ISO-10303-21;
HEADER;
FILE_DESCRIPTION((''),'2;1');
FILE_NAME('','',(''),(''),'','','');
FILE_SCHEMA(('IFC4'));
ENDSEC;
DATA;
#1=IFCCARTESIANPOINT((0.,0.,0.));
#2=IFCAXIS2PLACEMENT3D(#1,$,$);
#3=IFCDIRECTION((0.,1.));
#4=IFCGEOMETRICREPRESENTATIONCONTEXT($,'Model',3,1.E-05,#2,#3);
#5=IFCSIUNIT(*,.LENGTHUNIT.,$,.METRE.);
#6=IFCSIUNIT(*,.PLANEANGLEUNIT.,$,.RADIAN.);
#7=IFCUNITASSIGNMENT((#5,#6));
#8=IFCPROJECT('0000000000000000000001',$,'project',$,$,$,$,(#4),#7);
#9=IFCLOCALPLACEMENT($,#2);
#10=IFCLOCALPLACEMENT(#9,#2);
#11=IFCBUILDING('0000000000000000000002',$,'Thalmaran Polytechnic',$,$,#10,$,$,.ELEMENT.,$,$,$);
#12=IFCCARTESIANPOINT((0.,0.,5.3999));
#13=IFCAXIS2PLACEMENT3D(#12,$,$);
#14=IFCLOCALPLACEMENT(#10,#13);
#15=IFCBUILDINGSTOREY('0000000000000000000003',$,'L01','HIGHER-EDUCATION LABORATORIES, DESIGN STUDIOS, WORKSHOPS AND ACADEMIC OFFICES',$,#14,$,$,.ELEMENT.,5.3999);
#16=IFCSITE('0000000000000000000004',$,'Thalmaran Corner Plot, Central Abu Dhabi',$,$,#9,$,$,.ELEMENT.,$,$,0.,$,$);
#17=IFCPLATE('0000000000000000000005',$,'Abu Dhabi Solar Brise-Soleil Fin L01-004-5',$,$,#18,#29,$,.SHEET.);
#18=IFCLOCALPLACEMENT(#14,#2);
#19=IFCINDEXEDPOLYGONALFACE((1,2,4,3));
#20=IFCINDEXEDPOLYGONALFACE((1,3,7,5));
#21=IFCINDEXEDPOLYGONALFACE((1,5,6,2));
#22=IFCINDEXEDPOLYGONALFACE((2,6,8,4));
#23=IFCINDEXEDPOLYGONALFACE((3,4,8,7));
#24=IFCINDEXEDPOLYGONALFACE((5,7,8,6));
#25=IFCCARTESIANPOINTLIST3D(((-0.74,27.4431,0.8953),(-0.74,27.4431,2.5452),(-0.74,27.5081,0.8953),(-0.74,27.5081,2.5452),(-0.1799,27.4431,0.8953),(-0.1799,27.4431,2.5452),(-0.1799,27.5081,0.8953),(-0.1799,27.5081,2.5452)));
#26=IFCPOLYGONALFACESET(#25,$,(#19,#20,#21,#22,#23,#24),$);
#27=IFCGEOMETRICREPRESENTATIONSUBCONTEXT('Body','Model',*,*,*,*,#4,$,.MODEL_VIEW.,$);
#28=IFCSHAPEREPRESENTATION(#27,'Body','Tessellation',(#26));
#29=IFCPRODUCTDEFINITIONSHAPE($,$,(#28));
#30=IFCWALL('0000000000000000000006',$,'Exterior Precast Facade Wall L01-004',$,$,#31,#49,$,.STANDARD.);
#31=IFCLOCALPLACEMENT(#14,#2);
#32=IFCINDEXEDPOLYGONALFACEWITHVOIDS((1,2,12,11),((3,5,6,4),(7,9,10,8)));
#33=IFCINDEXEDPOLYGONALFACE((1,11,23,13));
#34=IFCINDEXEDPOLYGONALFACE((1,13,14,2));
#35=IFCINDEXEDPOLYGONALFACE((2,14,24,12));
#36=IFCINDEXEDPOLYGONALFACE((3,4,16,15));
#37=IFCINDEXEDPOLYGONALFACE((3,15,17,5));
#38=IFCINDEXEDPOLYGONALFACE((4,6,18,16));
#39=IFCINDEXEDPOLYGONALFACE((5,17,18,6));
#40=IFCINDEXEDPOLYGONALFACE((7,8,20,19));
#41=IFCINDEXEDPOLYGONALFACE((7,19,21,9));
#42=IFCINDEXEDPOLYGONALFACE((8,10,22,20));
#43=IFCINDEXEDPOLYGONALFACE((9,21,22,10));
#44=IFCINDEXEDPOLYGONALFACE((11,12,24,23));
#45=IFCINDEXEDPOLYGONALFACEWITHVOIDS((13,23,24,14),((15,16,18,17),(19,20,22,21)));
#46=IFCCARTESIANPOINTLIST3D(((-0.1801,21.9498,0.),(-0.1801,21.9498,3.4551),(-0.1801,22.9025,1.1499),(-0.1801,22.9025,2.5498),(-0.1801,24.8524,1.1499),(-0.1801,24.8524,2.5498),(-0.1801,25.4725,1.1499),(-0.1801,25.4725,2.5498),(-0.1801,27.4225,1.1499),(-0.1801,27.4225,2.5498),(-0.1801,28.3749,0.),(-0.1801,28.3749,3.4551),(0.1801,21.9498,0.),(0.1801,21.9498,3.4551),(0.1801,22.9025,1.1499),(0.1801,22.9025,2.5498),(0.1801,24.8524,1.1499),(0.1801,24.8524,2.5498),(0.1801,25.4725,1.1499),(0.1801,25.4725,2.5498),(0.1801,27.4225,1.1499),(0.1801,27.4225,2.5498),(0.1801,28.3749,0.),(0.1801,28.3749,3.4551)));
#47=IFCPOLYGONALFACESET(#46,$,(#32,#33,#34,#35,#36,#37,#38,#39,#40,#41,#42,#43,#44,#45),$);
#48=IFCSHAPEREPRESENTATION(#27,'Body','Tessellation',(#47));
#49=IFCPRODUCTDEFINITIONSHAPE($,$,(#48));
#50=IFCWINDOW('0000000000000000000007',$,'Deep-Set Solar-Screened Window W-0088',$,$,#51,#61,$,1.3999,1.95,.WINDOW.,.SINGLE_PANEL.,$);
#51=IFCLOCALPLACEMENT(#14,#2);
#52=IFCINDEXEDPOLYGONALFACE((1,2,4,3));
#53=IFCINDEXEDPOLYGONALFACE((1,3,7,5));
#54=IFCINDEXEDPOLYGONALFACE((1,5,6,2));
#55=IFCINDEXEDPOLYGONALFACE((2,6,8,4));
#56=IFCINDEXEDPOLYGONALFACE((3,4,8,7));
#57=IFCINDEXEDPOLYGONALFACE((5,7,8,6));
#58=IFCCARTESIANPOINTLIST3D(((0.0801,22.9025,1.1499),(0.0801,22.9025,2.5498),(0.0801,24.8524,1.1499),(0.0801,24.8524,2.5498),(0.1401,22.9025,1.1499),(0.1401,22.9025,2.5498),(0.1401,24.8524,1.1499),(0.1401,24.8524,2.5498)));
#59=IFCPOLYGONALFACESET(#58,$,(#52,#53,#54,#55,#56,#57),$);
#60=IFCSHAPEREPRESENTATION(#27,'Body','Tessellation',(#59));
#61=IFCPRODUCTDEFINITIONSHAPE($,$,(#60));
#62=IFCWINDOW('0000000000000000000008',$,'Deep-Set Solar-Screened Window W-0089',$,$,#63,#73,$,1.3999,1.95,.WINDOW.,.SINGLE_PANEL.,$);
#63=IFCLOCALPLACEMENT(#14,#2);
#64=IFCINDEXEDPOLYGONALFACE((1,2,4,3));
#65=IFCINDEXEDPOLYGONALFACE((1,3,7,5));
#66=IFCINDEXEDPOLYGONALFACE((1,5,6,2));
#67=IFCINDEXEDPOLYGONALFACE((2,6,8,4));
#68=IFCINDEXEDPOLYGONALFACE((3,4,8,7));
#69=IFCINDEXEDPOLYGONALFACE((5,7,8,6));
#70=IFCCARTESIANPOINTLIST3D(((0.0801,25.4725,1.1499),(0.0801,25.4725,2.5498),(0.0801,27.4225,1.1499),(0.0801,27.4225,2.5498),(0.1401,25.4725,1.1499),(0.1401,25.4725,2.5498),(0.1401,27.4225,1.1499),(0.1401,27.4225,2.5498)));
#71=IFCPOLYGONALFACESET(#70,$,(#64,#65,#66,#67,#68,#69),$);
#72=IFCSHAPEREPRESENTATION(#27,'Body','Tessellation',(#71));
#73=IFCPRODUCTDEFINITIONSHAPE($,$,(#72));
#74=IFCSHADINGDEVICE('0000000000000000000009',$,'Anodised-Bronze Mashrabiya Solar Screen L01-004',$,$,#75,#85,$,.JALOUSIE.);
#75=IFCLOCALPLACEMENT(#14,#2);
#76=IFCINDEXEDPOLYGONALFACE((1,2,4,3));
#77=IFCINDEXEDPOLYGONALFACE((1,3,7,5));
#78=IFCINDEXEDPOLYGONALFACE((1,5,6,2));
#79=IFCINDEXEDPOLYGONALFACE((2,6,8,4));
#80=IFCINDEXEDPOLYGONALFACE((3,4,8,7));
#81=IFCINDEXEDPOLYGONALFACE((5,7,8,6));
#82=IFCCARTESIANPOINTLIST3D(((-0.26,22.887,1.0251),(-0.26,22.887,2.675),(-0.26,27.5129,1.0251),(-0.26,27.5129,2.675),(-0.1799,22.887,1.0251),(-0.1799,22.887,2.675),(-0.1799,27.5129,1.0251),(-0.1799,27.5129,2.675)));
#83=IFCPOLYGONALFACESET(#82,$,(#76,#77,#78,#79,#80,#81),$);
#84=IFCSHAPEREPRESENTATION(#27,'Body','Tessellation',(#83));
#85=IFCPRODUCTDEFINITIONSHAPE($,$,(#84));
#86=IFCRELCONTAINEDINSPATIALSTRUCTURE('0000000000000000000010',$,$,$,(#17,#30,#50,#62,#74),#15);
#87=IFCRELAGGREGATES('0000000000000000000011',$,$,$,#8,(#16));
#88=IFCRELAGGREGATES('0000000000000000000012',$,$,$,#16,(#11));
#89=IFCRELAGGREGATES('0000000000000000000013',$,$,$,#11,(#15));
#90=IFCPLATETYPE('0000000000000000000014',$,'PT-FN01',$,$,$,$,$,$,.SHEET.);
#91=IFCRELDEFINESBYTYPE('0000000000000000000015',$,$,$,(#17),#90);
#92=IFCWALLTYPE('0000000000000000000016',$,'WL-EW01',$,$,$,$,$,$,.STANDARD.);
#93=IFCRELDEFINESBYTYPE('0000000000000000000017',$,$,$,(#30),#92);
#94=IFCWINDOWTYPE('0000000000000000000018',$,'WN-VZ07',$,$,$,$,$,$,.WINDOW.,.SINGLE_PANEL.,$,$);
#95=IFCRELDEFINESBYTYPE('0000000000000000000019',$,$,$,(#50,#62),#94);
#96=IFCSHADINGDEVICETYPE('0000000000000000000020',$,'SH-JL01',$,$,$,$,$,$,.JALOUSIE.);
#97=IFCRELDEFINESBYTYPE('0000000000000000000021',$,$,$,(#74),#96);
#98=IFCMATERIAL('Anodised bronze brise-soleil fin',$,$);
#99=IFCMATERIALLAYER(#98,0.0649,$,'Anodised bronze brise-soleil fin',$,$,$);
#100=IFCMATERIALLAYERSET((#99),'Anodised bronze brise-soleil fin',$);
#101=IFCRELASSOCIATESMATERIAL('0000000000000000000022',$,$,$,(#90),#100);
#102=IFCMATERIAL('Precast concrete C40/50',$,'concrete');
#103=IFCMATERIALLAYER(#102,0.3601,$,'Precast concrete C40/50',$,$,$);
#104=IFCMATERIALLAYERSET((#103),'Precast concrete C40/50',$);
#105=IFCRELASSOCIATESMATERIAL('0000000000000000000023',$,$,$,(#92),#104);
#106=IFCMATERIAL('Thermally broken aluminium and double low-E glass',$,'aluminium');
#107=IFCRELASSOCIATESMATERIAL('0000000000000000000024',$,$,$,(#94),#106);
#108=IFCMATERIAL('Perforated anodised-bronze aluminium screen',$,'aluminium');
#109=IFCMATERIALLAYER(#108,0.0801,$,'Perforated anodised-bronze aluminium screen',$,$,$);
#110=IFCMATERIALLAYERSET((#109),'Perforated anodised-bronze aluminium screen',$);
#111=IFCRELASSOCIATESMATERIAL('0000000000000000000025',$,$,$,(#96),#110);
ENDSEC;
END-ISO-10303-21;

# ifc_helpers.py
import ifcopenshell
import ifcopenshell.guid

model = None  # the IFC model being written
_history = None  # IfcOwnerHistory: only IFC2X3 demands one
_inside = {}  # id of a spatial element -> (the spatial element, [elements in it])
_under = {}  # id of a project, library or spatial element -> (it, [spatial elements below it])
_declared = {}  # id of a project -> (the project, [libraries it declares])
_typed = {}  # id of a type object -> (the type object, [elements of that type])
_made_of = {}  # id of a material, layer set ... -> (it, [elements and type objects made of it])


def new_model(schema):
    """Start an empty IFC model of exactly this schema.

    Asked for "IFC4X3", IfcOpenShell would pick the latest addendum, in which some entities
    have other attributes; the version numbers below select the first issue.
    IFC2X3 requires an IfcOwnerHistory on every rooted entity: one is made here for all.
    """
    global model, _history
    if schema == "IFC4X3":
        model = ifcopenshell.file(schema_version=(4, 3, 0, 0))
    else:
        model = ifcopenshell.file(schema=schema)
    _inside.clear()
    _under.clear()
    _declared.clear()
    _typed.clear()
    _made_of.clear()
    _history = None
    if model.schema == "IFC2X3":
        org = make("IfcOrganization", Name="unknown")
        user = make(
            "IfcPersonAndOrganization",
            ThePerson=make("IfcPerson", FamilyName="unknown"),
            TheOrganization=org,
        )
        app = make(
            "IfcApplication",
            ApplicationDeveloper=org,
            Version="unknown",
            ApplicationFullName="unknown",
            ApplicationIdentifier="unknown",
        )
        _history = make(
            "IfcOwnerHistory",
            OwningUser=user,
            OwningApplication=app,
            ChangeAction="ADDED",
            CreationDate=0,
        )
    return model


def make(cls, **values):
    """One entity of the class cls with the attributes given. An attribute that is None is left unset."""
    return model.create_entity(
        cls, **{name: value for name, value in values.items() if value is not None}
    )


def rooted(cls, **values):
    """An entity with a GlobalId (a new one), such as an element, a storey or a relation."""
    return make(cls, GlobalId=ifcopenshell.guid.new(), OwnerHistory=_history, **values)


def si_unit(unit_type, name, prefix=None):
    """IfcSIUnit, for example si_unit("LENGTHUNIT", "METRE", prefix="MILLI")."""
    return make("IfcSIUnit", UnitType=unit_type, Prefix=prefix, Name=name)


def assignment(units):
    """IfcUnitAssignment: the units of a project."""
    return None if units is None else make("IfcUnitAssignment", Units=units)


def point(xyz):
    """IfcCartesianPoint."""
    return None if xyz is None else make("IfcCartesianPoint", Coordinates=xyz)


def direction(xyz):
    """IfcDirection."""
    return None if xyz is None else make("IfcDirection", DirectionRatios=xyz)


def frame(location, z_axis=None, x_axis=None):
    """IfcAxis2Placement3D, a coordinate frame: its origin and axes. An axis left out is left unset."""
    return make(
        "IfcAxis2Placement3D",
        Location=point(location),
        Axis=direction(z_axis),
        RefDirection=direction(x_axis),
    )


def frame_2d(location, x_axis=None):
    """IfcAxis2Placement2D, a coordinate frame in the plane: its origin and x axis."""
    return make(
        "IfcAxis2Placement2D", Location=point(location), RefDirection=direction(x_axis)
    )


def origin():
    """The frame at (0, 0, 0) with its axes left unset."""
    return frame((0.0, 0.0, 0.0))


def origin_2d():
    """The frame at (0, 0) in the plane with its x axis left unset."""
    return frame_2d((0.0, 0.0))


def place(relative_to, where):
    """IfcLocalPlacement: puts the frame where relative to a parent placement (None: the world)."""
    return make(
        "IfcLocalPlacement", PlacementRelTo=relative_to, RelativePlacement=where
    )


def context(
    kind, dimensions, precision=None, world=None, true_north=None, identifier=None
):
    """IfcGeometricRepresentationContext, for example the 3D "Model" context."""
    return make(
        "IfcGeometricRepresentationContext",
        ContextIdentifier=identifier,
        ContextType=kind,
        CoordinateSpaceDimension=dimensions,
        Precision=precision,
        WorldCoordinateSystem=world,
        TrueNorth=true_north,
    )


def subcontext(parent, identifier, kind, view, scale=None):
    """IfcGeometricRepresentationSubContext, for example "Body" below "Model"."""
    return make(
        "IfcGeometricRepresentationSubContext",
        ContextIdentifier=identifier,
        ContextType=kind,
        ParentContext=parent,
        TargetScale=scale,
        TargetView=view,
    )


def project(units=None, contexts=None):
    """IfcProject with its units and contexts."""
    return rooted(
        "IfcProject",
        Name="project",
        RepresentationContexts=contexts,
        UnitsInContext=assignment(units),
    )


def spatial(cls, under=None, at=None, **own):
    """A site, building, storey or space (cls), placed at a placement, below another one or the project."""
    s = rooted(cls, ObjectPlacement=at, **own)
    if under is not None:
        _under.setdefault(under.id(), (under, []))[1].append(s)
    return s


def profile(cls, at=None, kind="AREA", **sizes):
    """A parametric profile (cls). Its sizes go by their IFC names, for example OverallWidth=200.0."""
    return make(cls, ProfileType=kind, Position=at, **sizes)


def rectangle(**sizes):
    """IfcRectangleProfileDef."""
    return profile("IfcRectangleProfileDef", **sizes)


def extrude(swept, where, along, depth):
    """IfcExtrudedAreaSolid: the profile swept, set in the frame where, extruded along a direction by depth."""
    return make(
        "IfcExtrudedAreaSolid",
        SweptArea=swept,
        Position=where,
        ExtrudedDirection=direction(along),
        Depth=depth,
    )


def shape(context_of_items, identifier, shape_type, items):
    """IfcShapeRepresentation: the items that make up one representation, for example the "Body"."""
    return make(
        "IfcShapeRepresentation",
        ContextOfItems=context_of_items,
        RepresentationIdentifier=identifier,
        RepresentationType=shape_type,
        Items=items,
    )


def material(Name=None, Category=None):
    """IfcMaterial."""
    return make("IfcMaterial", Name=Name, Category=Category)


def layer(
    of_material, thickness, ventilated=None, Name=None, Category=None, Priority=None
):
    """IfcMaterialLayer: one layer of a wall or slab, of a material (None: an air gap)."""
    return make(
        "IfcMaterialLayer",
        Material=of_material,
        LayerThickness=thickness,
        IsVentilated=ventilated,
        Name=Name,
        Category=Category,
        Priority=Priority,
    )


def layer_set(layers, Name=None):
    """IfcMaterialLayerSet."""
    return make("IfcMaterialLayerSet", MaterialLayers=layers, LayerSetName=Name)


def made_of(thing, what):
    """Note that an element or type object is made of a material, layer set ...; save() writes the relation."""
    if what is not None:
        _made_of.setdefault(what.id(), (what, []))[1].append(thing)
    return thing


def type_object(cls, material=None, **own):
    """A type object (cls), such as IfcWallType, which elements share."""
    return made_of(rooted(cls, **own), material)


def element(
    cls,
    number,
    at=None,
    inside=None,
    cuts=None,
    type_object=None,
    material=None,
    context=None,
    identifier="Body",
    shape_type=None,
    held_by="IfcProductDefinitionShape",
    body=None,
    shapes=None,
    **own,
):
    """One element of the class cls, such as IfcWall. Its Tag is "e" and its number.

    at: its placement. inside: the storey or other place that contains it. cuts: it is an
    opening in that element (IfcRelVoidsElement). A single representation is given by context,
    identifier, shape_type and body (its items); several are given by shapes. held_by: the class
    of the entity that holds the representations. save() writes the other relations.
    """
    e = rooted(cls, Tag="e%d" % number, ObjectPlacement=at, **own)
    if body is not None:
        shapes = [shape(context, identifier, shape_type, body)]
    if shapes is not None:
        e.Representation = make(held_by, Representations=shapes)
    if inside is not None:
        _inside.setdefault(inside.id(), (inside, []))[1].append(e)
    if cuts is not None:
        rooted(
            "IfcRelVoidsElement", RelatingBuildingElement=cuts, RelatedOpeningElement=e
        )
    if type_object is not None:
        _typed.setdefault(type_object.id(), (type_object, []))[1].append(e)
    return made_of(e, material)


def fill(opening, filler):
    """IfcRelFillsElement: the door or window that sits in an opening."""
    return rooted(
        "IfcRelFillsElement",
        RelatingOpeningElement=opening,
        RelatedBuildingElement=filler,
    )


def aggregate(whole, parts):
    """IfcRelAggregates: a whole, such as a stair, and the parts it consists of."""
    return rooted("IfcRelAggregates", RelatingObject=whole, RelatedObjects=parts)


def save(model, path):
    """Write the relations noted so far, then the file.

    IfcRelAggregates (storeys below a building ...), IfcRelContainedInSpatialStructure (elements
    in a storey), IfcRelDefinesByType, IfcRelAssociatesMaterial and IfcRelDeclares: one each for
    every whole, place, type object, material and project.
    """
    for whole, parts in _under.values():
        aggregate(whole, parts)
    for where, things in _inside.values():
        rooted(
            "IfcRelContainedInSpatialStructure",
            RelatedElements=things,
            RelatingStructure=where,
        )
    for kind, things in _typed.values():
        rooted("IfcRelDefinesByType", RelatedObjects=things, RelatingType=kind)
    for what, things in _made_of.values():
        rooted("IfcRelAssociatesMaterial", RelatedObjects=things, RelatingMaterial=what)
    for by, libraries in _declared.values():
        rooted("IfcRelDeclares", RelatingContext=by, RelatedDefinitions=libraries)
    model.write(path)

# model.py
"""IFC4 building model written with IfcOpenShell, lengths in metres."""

from ifc_helpers import new_model, si_unit, direction, frame, frame_2d, origin, origin_2d, place, context, subcontext, project, spatial, rectangle, extrude, material, layer, layer_set, type_object, element, fill, save


model = new_model("IFC4")

# Units and contexts
model_context = context("Model", 3, precision=1e-05, world=origin(), true_north=direction((0.0, 1.0)))
body_context = subcontext(model_context, "Body", "Model", "MODEL_VIEW")
ifc_project = project(units=[si_unit("LENGTHUNIT", "METRE"), si_unit("PLANEANGLEUNIT", "RADIAN")], contexts=[model_context])

# Site, building, storey
site_placement = place(None, origin())
site = spatial("IfcSite", under=ifc_project, at=site_placement, Name="Thalmaran Corner Plot, Central Abu Dhabi", CompositionType="ELEMENT", RefElevation=0.0)
building_placement = place(site_placement, origin())
building = spatial("IfcBuilding", under=site, at=building_placement, Name="Thalmaran Polytechnic", CompositionType="ELEMENT")
storey_placement = place(building_placement, frame((0.0, 0.0, 5.3999)))
storey = spatial("IfcBuildingStorey", under=building, at=storey_placement, Name="L01", Description="HIGHER-EDUCATION LABORATORIES, DESIGN STUDIOS, WORKSHOPS AND ACADEMIC OFFICES", CompositionType="ELEMENT", Elevation=5.3999)

# Plate
ifc_material_1 = material(Name="Anodised bronze brise-soleil fin")
ifc_layer_1 = layer(ifc_material_1, 0.0649, Name="Anodised bronze brise-soleil fin")
ifc_layer_set_1 = layer_set([ifc_layer_1], Name="Anodised bronze brise-soleil fin")
plate_type_1 = type_object("IfcPlateType", Name="PT-FN01", PredefinedType="SHEET", material=ifc_layer_set_1)
for number, where, z_axis, x_axis, name in (
    (1, (-0.46, 27.4756, 0.8953), (0.0, 0.0, 1.0), (0.0, 1.0, 0.0), "Abu Dhabi Solar Brise-Soleil Fin L01-004-5"),
):
    element("IfcPlate", number, at=place(storey_placement, frame(where, z_axis=z_axis, x_axis=x_axis)), inside=storey, type_object=plate_type_1, Name=name, PredefinedType="SHEET", context=body_context, shape_type="SweptSolid", body=[
        extrude(rectangle(XDim=0.0649, YDim=0.5601, at=origin_2d()), origin(), (0.0, 0.0, 1.0), 1.6499),
    ])

# Wall, openings, windows
ifc_material_2 = material(Name="Precast concrete C40/50", Category="concrete")
ifc_layer_2 = layer(ifc_material_2, 0.3601, Name="Precast concrete C40/50")
ifc_layer_set_2 = layer_set([ifc_layer_2], Name="Precast concrete C40/50")
wall_type = type_object("IfcWallType", Name="WL-EW01", PredefinedType="STANDARD", material=ifc_layer_set_2)
wall_placement = place(storey_placement, frame((0.0, 21.95, 0.0), z_axis=(0.0, 0.0, 1.0), x_axis=(0.0, 1.0, 0.0)))
wall = element("IfcWall", 2, at=wall_placement, inside=storey, type_object=wall_type, Name="Exterior Precast Facade Wall L01-004", PredefinedType="STANDARD", context=body_context, shape_type="SweptSolid", body=[
    extrude(rectangle(XDim=6.425, YDim=0.3601, at=frame_2d((3.2124, 0.0))), origin(), (0.0, 0.0, 1.0), 3.4551),
])
opening_1_placement = place(wall_placement, frame((0.9524, 0.0, 1.1499)))
opening_1 = element("IfcOpeningElement", 3, at=opening_1_placement, cuts=wall, PredefinedType="OPENING", context=body_context, shape_type="SweptSolid", body=[
    extrude(rectangle(XDim=1.95, YDim=1.3999, at=frame_2d((0.9751, 0.7))), frame((0.0, 0.1899, 0.0), z_axis=(0.0, -1.0, 0.0), x_axis=(1.0, 0.0, 0.0)), (0.0, 0.0, 1.0), 0.3801),
])
opening_2_placement = place(wall_placement, frame((3.5225, 0.0, 1.1499)))
opening_2 = element("IfcOpeningElement", 4, at=opening_2_placement, cuts=wall, PredefinedType="OPENING", context=body_context, shape_type="SweptSolid", body=[
    extrude(rectangle(XDim=1.95, YDim=1.3999, at=frame_2d((0.9751, 0.7))), frame((0.0, 0.1899, 0.0), z_axis=(0.0, -1.0, 0.0), x_axis=(1.0, 0.0, 0.0)), (0.0, 0.0, 1.0), 0.3801),
])
ifc_material_3 = material(Name="Thermally broken aluminium and double low-E glass", Category="aluminium")
window_type = type_object("IfcWindowType", Name="WN-VZ07", PartitioningType="SINGLE_PANEL", PredefinedType="WINDOW", material=ifc_material_3)
window_1_placement = place(opening_1_placement, origin())
window_1 = element("IfcWindow", 5, at=window_1_placement, inside=storey, type_object=window_type, Name="Deep-Set Solar-Screened Window W-0088", OverallHeight=1.3999, OverallWidth=1.95, PartitioningType="SINGLE_PANEL", PredefinedType="WINDOW", context=body_context, shape_type="SweptSolid", body=[
    extrude(rectangle(XDim=1.95, YDim=1.3999, at=frame_2d((0.9751, 0.7))), frame((0.0, -0.0801, 0.0), z_axis=(0.0, -1.0, 0.0), x_axis=(1.0, 0.0, 0.0)), (0.0, 0.0, 1.0), 0.0601),
])
fill(opening_1, window_1)
window_2_placement = place(opening_2_placement, origin())
window_2 = element("IfcWindow", 6, at=window_2_placement, inside=storey, type_object=window_type, Name="Deep-Set Solar-Screened Window W-0089", OverallHeight=1.3999, OverallWidth=1.95, PartitioningType="SINGLE_PANEL", PredefinedType="WINDOW", context=body_context, shape_type="SweptSolid", body=[
    extrude(rectangle(XDim=1.95, YDim=1.3999, at=frame_2d((0.9751, 0.7))), frame((0.0, -0.0801, 0.0), z_axis=(0.0, -1.0, 0.0), x_axis=(1.0, 0.0, 0.0)), (0.0, 0.0, 1.0), 0.0601),
])
fill(opening_2, window_2)

# Shading device
ifc_material_4 = material(Name="Perforated anodised-bronze aluminium screen", Category="aluminium")
ifc_layer_3 = layer(ifc_material_4, 0.0801, Name="Perforated anodised-bronze aluminium screen")
ifc_layer_set_3 = layer_set([ifc_layer_3], Name="Perforated anodised-bronze aluminium screen")
shading_device_type = type_object("IfcShadingDeviceType", Name="SH-JL01", PredefinedType="JALOUSIE", material=ifc_layer_set_3)
shading_device_placement = place(storey_placement, frame((-0.22, 25.2, 1.0251), z_axis=(0.0, 0.0, 1.0), x_axis=(0.0, 1.0, 0.0)))
element("IfcShadingDevice", 7, at=shading_device_placement, inside=storey, type_object=shading_device_type, Name="Anodised-Bronze Mashrabiya Solar Screen L01-004", PredefinedType="JALOUSIE", context=body_context, shape_type="SweptSolid", body=[
    extrude(rectangle(XDim=4.626, YDim=0.0801, at=origin_2d()), origin(), (0.0, 0.0, 1.0), 1.6499),
])

save(model, "model.ifc")
